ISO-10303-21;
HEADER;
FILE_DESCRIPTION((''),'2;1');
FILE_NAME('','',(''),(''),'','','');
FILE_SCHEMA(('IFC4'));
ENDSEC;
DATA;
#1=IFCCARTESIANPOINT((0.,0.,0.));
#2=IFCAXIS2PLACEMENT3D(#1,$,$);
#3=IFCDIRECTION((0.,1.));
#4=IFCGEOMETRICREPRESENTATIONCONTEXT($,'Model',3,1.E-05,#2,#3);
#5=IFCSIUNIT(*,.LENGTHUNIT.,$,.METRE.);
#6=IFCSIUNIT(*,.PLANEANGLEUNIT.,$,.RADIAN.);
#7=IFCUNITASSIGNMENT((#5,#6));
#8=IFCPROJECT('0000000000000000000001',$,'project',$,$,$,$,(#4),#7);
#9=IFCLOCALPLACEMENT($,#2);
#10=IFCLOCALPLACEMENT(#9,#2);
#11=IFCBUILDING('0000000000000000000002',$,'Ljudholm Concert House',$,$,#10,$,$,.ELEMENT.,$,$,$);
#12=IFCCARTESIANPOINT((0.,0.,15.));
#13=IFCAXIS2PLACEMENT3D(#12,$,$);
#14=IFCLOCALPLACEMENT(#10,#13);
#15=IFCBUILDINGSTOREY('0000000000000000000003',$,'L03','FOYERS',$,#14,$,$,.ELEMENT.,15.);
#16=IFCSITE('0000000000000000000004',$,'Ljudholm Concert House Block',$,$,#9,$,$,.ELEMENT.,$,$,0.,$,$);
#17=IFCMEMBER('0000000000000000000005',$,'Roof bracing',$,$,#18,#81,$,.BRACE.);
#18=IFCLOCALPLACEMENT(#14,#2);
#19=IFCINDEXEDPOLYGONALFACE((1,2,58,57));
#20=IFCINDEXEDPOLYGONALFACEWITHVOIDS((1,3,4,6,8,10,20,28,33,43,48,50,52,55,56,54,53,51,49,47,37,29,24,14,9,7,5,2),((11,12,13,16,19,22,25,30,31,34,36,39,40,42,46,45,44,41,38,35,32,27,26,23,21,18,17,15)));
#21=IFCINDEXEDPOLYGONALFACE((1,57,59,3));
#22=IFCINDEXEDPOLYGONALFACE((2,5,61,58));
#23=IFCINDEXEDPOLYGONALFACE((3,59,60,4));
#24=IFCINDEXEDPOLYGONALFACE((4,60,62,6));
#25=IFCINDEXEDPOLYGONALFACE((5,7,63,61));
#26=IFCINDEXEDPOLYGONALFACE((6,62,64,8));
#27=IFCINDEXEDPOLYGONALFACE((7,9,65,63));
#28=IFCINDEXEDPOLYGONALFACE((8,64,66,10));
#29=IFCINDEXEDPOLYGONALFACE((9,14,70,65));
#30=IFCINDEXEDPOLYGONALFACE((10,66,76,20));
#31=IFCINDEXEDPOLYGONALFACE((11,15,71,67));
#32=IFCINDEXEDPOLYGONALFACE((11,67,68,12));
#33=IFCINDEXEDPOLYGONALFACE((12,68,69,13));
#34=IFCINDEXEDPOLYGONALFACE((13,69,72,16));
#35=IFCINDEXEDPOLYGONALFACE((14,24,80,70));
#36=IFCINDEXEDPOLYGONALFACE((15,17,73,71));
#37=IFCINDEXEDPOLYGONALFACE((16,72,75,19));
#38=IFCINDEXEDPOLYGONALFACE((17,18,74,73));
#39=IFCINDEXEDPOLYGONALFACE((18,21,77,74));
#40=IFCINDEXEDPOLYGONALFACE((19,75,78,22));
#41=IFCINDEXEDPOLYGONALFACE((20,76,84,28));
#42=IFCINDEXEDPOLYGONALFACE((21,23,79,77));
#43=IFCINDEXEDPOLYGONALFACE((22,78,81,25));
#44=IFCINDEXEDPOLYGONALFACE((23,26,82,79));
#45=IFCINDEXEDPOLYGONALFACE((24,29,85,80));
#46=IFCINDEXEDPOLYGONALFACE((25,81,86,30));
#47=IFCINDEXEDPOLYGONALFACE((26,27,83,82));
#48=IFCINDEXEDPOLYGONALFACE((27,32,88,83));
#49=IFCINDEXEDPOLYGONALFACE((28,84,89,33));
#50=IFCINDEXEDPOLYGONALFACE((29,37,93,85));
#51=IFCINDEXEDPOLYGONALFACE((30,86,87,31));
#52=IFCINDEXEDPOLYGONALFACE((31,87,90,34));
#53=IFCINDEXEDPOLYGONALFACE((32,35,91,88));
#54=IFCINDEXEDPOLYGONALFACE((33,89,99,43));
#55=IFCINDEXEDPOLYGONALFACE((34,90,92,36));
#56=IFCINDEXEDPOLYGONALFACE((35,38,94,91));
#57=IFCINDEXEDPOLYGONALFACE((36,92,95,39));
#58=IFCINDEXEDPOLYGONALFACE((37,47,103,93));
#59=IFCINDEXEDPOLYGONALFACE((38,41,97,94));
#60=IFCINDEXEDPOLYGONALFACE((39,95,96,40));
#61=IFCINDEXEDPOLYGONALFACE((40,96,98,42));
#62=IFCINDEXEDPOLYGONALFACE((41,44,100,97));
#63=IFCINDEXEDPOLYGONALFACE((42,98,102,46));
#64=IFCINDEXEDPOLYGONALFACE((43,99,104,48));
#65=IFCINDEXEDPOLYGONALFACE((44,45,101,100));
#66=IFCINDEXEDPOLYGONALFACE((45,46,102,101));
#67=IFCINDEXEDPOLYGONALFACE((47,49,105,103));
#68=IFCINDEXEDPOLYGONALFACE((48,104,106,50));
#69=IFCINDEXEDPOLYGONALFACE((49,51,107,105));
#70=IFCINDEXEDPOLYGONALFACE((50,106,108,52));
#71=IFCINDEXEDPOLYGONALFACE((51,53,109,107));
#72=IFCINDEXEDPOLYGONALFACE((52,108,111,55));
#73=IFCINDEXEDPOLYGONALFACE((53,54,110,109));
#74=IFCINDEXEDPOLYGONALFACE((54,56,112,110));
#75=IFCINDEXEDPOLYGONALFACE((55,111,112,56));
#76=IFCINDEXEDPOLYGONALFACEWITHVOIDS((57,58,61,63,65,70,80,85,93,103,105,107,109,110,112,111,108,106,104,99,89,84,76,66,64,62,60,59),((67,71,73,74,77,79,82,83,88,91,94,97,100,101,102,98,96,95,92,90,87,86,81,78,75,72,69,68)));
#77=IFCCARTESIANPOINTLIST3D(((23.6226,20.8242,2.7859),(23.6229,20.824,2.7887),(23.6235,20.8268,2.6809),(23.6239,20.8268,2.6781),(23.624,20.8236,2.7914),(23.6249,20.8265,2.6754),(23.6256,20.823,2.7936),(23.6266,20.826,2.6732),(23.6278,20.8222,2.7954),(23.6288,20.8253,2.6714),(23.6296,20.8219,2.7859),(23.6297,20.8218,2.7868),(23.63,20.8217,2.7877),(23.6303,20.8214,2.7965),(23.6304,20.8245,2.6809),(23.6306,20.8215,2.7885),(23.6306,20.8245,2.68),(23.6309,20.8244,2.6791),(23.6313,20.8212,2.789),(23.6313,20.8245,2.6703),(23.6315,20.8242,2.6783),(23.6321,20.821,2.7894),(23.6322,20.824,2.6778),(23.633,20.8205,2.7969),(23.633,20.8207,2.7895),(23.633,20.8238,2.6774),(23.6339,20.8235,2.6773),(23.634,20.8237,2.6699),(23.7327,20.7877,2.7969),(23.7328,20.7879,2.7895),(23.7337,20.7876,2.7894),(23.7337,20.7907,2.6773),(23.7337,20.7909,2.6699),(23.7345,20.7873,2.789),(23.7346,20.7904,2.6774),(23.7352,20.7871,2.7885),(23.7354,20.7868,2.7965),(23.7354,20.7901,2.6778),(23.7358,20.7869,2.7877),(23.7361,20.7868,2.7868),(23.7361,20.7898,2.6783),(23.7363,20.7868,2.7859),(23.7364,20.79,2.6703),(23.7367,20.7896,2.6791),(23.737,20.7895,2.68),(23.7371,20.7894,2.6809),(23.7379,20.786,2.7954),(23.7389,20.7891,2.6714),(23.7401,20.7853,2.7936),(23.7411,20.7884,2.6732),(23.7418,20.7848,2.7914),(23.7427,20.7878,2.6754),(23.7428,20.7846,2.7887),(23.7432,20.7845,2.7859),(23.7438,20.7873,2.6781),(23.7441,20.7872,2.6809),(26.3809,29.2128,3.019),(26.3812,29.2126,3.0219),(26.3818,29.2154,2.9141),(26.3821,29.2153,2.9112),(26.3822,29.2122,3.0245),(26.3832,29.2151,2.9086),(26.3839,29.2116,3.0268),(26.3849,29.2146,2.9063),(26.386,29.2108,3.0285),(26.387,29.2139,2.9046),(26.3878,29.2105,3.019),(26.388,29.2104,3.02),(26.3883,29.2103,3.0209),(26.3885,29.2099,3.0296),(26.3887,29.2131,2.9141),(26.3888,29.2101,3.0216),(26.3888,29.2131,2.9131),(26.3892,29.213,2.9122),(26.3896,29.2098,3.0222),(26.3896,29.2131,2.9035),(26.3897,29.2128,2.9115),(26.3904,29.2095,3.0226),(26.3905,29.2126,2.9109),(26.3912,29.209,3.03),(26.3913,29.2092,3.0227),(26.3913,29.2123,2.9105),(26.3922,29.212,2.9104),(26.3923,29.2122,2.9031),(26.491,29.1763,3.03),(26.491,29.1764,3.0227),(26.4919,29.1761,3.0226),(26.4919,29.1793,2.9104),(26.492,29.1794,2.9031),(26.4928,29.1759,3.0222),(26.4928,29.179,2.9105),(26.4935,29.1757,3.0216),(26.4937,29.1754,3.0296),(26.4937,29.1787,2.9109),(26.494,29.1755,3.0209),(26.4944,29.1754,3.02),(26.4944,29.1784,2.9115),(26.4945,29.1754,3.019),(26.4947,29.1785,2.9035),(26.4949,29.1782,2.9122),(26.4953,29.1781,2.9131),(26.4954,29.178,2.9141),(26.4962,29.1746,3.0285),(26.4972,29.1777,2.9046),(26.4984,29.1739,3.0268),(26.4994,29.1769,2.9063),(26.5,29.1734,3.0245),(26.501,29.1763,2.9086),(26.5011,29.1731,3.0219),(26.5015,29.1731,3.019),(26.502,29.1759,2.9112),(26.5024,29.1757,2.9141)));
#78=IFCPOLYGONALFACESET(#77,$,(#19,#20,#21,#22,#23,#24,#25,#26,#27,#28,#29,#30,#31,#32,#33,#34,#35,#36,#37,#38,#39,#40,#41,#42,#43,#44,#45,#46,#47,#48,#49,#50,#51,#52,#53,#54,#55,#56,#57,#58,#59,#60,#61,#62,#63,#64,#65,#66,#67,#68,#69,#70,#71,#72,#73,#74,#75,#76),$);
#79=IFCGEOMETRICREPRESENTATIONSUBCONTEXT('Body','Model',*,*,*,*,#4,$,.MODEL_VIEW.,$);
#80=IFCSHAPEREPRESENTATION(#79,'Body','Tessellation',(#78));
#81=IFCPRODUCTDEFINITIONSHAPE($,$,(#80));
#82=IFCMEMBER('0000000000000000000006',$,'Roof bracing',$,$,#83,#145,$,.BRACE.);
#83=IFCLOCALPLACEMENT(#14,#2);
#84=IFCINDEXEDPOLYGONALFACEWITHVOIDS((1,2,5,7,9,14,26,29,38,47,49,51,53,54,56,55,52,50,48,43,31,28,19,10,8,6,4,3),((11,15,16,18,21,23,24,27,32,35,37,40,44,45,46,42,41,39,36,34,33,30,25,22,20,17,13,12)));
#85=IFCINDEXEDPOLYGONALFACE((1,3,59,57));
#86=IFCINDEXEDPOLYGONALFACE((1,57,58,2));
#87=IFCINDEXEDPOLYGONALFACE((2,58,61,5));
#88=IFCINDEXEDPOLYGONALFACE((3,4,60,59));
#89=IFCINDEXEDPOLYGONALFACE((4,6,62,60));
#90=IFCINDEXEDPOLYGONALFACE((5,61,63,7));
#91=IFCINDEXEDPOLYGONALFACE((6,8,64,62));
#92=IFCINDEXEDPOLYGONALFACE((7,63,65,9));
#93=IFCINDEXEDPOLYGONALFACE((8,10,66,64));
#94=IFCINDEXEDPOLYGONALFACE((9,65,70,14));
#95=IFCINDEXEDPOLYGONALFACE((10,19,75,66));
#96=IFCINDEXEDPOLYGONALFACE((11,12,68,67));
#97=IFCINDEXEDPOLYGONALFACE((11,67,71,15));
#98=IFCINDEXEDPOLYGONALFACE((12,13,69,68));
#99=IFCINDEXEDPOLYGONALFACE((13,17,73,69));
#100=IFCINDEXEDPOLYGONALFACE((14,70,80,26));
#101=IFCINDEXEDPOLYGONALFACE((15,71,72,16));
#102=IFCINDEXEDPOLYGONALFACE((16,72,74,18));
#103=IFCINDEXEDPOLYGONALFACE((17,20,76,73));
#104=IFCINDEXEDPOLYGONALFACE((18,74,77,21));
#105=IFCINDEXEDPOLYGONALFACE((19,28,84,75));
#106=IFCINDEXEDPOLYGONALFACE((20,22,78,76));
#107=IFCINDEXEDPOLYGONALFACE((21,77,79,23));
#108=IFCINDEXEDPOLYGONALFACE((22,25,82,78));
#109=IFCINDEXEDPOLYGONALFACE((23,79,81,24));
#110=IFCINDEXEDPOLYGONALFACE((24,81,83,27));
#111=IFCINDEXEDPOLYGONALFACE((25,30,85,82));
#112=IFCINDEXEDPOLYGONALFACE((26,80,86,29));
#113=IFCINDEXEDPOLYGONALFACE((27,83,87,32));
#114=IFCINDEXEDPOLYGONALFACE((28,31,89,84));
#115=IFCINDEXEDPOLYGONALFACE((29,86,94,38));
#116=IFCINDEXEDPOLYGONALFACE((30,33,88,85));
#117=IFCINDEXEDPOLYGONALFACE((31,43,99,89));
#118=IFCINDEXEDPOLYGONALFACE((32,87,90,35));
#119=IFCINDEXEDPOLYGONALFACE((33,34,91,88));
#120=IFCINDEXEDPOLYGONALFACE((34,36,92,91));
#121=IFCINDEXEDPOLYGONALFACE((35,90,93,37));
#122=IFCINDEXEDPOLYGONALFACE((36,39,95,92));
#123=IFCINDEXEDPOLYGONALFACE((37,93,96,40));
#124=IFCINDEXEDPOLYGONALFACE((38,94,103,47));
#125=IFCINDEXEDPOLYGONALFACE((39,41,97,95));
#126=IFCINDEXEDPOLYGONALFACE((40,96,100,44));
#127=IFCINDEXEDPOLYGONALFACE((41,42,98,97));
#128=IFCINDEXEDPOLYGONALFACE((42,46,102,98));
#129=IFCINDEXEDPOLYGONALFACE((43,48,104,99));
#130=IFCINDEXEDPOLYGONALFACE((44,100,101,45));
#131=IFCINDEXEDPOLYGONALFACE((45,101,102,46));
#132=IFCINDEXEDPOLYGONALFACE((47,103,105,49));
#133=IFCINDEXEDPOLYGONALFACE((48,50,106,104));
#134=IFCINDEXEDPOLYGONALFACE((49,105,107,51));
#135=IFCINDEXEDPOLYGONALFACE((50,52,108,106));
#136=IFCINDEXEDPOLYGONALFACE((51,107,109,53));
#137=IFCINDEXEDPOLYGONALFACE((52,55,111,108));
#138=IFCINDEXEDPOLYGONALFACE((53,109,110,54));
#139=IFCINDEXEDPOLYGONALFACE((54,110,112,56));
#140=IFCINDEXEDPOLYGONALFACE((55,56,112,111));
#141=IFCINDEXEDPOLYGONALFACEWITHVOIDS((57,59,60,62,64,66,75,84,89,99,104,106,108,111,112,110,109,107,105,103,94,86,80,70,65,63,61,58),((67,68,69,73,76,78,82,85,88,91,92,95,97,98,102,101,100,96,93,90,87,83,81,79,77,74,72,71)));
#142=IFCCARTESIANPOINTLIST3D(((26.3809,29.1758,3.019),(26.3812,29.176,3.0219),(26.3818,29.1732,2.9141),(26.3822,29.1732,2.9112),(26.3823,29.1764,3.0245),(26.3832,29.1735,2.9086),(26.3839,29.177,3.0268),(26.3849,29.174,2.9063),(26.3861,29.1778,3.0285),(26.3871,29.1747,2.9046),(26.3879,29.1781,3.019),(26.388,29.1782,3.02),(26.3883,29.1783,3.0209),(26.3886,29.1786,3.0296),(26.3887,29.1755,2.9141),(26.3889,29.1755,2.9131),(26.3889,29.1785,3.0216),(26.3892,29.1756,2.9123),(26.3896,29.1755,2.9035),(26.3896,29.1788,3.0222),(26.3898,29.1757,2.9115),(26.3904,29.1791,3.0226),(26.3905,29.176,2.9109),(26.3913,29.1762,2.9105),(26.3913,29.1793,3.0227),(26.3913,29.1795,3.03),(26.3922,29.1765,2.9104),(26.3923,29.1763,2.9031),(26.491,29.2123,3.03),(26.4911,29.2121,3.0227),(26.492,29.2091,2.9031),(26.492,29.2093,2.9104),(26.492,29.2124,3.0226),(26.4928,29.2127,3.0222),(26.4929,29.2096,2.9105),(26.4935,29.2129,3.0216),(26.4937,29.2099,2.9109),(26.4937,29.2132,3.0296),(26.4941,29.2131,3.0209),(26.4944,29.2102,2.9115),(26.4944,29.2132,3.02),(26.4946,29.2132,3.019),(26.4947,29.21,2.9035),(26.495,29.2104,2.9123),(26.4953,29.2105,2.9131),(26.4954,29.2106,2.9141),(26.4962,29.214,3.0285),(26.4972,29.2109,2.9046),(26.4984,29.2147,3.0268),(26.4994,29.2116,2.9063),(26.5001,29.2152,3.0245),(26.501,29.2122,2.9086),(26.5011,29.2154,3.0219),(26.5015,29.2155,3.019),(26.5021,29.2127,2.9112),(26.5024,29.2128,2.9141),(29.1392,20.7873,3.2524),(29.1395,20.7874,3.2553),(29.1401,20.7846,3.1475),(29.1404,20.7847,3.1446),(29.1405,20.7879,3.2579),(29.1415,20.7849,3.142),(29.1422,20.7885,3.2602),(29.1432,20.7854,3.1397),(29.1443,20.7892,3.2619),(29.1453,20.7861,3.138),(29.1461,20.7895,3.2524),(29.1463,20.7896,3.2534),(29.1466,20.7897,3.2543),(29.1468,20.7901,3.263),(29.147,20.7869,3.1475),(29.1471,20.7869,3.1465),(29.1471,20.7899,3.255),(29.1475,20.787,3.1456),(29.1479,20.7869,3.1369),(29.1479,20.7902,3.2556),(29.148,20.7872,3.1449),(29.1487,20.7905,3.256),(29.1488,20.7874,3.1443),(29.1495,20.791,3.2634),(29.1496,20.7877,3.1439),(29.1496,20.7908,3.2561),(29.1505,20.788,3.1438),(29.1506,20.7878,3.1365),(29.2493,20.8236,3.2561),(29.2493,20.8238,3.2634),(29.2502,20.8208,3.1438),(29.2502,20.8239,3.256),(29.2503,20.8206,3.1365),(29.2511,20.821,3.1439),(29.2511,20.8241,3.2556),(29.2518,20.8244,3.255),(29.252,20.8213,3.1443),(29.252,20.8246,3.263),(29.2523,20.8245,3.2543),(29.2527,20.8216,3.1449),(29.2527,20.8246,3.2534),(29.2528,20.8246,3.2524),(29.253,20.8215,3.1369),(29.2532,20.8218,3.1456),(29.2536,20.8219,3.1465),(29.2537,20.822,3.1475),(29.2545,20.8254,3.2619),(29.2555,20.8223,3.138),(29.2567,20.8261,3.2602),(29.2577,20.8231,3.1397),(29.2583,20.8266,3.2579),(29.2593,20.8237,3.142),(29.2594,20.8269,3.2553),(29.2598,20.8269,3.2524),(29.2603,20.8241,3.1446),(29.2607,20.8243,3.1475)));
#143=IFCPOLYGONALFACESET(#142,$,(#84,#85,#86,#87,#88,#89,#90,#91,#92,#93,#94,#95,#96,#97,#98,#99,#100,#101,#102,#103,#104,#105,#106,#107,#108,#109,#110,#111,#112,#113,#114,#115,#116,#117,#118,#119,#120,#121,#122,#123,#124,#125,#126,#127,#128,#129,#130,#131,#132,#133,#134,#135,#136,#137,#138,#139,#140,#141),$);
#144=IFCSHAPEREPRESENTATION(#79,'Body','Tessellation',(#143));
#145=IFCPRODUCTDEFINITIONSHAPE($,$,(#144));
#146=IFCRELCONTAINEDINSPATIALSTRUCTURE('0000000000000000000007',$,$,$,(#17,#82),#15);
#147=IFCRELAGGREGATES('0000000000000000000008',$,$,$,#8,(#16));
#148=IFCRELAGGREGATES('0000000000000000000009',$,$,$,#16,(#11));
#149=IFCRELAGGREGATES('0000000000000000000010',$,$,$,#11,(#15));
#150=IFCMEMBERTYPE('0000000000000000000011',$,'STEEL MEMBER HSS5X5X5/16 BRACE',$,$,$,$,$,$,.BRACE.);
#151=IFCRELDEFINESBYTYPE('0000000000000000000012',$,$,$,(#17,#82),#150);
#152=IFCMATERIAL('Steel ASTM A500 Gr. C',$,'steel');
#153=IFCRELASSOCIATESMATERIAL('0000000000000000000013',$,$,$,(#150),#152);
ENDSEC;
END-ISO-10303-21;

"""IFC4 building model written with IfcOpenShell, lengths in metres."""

from ifc_helpers import new_model, si_unit, direction, frame, origin, origin_2d, place, context, subcontext, project, spatial, hollow_rectangle, extrude, material, material_profile, profile_set, type_object, element, save


model = new_model("IFC4")

# Units and contexts
model_context = context("Model", 3, precision=1e-05, world=origin(), true_north=direction((0.0, 1.0)))
body_context = subcontext(model_context, "Body", "Model", "MODEL_VIEW")
ifc_project = project(units=[si_unit("LENGTHUNIT", "METRE"), si_unit("PLANEANGLEUNIT", "RADIAN")], contexts=[model_context])

# Site, building, storey
site_placement = place(None, origin())
site = spatial("IfcSite", under=ifc_project, at=site_placement, Name="Ljudholm Concert House Block", CompositionType="ELEMENT", RefElevation=0.0)
building_placement = place(site_placement, origin())
building = spatial("IfcBuilding", under=site, at=building_placement, Name="Ljudholm Concert House", CompositionType="ELEMENT")
storey_placement = place(building_placement, frame((0.0, 0.0, 15.0)))
storey = spatial("IfcBuildingStorey", under=building, at=storey_placement, Name="L03", Description="FOYERS", CompositionType="ELEMENT", Elevation=15.0)

# Members
ifc_material_1 = material(Name="Steel ASTM A500 Gr. C", Category="steel")
ifc_material_profile_1 = material_profile(ifc_material_1, hollow_rectangle(XDim=0.127, YDim=0.127, WallThickness=0.0073, InnerFilletRadius=0.0037, OuterFilletRadius=0.011, at=origin_2d()), Name="HSS5X5X5/16")
ifc_profile_set_1 = profile_set([ifc_material_profile_1], Name="Steel ASTM A500 Gr. C")
member_type_1 = type_object("IfcMemberType", Name="STEEL MEMBER HSS5X5X5/16 BRACE", PredefinedType="BRACE", material=ifc_profile_set_1)
for number, where, z_axis, x_axis, name in (
    (1, (23.6833, 20.8057, 2.7334), (0.312251, 0.949633, 0.026394), (-0.949964, 0.31236, 0.0), "Roof bracing"),
    (2, (26.4417, 29.1943, 2.9666), (0.312251, -0.949632, 0.026422), (0.949964, 0.31236, 0.0), "Roof bracing"),
):
    element("IfcMember", number, at=place(storey_placement, frame(where, z_axis=z_axis, x_axis=x_axis)), inside=storey, type_object=member_type_1, Name=name, PredefinedType="BRACE", context=body_context, shape_type="SweptSolid", body=[
        extrude(hollow_rectangle(XDim=0.127, YDim=0.127, WallThickness=0.0073, InnerFilletRadius=0.0037, OuterFilletRadius=0.011, at=origin_2d()), origin(), (0.0, 0.0, 1.0), 8.8335),
    ])

save(model, "model.ifc")
